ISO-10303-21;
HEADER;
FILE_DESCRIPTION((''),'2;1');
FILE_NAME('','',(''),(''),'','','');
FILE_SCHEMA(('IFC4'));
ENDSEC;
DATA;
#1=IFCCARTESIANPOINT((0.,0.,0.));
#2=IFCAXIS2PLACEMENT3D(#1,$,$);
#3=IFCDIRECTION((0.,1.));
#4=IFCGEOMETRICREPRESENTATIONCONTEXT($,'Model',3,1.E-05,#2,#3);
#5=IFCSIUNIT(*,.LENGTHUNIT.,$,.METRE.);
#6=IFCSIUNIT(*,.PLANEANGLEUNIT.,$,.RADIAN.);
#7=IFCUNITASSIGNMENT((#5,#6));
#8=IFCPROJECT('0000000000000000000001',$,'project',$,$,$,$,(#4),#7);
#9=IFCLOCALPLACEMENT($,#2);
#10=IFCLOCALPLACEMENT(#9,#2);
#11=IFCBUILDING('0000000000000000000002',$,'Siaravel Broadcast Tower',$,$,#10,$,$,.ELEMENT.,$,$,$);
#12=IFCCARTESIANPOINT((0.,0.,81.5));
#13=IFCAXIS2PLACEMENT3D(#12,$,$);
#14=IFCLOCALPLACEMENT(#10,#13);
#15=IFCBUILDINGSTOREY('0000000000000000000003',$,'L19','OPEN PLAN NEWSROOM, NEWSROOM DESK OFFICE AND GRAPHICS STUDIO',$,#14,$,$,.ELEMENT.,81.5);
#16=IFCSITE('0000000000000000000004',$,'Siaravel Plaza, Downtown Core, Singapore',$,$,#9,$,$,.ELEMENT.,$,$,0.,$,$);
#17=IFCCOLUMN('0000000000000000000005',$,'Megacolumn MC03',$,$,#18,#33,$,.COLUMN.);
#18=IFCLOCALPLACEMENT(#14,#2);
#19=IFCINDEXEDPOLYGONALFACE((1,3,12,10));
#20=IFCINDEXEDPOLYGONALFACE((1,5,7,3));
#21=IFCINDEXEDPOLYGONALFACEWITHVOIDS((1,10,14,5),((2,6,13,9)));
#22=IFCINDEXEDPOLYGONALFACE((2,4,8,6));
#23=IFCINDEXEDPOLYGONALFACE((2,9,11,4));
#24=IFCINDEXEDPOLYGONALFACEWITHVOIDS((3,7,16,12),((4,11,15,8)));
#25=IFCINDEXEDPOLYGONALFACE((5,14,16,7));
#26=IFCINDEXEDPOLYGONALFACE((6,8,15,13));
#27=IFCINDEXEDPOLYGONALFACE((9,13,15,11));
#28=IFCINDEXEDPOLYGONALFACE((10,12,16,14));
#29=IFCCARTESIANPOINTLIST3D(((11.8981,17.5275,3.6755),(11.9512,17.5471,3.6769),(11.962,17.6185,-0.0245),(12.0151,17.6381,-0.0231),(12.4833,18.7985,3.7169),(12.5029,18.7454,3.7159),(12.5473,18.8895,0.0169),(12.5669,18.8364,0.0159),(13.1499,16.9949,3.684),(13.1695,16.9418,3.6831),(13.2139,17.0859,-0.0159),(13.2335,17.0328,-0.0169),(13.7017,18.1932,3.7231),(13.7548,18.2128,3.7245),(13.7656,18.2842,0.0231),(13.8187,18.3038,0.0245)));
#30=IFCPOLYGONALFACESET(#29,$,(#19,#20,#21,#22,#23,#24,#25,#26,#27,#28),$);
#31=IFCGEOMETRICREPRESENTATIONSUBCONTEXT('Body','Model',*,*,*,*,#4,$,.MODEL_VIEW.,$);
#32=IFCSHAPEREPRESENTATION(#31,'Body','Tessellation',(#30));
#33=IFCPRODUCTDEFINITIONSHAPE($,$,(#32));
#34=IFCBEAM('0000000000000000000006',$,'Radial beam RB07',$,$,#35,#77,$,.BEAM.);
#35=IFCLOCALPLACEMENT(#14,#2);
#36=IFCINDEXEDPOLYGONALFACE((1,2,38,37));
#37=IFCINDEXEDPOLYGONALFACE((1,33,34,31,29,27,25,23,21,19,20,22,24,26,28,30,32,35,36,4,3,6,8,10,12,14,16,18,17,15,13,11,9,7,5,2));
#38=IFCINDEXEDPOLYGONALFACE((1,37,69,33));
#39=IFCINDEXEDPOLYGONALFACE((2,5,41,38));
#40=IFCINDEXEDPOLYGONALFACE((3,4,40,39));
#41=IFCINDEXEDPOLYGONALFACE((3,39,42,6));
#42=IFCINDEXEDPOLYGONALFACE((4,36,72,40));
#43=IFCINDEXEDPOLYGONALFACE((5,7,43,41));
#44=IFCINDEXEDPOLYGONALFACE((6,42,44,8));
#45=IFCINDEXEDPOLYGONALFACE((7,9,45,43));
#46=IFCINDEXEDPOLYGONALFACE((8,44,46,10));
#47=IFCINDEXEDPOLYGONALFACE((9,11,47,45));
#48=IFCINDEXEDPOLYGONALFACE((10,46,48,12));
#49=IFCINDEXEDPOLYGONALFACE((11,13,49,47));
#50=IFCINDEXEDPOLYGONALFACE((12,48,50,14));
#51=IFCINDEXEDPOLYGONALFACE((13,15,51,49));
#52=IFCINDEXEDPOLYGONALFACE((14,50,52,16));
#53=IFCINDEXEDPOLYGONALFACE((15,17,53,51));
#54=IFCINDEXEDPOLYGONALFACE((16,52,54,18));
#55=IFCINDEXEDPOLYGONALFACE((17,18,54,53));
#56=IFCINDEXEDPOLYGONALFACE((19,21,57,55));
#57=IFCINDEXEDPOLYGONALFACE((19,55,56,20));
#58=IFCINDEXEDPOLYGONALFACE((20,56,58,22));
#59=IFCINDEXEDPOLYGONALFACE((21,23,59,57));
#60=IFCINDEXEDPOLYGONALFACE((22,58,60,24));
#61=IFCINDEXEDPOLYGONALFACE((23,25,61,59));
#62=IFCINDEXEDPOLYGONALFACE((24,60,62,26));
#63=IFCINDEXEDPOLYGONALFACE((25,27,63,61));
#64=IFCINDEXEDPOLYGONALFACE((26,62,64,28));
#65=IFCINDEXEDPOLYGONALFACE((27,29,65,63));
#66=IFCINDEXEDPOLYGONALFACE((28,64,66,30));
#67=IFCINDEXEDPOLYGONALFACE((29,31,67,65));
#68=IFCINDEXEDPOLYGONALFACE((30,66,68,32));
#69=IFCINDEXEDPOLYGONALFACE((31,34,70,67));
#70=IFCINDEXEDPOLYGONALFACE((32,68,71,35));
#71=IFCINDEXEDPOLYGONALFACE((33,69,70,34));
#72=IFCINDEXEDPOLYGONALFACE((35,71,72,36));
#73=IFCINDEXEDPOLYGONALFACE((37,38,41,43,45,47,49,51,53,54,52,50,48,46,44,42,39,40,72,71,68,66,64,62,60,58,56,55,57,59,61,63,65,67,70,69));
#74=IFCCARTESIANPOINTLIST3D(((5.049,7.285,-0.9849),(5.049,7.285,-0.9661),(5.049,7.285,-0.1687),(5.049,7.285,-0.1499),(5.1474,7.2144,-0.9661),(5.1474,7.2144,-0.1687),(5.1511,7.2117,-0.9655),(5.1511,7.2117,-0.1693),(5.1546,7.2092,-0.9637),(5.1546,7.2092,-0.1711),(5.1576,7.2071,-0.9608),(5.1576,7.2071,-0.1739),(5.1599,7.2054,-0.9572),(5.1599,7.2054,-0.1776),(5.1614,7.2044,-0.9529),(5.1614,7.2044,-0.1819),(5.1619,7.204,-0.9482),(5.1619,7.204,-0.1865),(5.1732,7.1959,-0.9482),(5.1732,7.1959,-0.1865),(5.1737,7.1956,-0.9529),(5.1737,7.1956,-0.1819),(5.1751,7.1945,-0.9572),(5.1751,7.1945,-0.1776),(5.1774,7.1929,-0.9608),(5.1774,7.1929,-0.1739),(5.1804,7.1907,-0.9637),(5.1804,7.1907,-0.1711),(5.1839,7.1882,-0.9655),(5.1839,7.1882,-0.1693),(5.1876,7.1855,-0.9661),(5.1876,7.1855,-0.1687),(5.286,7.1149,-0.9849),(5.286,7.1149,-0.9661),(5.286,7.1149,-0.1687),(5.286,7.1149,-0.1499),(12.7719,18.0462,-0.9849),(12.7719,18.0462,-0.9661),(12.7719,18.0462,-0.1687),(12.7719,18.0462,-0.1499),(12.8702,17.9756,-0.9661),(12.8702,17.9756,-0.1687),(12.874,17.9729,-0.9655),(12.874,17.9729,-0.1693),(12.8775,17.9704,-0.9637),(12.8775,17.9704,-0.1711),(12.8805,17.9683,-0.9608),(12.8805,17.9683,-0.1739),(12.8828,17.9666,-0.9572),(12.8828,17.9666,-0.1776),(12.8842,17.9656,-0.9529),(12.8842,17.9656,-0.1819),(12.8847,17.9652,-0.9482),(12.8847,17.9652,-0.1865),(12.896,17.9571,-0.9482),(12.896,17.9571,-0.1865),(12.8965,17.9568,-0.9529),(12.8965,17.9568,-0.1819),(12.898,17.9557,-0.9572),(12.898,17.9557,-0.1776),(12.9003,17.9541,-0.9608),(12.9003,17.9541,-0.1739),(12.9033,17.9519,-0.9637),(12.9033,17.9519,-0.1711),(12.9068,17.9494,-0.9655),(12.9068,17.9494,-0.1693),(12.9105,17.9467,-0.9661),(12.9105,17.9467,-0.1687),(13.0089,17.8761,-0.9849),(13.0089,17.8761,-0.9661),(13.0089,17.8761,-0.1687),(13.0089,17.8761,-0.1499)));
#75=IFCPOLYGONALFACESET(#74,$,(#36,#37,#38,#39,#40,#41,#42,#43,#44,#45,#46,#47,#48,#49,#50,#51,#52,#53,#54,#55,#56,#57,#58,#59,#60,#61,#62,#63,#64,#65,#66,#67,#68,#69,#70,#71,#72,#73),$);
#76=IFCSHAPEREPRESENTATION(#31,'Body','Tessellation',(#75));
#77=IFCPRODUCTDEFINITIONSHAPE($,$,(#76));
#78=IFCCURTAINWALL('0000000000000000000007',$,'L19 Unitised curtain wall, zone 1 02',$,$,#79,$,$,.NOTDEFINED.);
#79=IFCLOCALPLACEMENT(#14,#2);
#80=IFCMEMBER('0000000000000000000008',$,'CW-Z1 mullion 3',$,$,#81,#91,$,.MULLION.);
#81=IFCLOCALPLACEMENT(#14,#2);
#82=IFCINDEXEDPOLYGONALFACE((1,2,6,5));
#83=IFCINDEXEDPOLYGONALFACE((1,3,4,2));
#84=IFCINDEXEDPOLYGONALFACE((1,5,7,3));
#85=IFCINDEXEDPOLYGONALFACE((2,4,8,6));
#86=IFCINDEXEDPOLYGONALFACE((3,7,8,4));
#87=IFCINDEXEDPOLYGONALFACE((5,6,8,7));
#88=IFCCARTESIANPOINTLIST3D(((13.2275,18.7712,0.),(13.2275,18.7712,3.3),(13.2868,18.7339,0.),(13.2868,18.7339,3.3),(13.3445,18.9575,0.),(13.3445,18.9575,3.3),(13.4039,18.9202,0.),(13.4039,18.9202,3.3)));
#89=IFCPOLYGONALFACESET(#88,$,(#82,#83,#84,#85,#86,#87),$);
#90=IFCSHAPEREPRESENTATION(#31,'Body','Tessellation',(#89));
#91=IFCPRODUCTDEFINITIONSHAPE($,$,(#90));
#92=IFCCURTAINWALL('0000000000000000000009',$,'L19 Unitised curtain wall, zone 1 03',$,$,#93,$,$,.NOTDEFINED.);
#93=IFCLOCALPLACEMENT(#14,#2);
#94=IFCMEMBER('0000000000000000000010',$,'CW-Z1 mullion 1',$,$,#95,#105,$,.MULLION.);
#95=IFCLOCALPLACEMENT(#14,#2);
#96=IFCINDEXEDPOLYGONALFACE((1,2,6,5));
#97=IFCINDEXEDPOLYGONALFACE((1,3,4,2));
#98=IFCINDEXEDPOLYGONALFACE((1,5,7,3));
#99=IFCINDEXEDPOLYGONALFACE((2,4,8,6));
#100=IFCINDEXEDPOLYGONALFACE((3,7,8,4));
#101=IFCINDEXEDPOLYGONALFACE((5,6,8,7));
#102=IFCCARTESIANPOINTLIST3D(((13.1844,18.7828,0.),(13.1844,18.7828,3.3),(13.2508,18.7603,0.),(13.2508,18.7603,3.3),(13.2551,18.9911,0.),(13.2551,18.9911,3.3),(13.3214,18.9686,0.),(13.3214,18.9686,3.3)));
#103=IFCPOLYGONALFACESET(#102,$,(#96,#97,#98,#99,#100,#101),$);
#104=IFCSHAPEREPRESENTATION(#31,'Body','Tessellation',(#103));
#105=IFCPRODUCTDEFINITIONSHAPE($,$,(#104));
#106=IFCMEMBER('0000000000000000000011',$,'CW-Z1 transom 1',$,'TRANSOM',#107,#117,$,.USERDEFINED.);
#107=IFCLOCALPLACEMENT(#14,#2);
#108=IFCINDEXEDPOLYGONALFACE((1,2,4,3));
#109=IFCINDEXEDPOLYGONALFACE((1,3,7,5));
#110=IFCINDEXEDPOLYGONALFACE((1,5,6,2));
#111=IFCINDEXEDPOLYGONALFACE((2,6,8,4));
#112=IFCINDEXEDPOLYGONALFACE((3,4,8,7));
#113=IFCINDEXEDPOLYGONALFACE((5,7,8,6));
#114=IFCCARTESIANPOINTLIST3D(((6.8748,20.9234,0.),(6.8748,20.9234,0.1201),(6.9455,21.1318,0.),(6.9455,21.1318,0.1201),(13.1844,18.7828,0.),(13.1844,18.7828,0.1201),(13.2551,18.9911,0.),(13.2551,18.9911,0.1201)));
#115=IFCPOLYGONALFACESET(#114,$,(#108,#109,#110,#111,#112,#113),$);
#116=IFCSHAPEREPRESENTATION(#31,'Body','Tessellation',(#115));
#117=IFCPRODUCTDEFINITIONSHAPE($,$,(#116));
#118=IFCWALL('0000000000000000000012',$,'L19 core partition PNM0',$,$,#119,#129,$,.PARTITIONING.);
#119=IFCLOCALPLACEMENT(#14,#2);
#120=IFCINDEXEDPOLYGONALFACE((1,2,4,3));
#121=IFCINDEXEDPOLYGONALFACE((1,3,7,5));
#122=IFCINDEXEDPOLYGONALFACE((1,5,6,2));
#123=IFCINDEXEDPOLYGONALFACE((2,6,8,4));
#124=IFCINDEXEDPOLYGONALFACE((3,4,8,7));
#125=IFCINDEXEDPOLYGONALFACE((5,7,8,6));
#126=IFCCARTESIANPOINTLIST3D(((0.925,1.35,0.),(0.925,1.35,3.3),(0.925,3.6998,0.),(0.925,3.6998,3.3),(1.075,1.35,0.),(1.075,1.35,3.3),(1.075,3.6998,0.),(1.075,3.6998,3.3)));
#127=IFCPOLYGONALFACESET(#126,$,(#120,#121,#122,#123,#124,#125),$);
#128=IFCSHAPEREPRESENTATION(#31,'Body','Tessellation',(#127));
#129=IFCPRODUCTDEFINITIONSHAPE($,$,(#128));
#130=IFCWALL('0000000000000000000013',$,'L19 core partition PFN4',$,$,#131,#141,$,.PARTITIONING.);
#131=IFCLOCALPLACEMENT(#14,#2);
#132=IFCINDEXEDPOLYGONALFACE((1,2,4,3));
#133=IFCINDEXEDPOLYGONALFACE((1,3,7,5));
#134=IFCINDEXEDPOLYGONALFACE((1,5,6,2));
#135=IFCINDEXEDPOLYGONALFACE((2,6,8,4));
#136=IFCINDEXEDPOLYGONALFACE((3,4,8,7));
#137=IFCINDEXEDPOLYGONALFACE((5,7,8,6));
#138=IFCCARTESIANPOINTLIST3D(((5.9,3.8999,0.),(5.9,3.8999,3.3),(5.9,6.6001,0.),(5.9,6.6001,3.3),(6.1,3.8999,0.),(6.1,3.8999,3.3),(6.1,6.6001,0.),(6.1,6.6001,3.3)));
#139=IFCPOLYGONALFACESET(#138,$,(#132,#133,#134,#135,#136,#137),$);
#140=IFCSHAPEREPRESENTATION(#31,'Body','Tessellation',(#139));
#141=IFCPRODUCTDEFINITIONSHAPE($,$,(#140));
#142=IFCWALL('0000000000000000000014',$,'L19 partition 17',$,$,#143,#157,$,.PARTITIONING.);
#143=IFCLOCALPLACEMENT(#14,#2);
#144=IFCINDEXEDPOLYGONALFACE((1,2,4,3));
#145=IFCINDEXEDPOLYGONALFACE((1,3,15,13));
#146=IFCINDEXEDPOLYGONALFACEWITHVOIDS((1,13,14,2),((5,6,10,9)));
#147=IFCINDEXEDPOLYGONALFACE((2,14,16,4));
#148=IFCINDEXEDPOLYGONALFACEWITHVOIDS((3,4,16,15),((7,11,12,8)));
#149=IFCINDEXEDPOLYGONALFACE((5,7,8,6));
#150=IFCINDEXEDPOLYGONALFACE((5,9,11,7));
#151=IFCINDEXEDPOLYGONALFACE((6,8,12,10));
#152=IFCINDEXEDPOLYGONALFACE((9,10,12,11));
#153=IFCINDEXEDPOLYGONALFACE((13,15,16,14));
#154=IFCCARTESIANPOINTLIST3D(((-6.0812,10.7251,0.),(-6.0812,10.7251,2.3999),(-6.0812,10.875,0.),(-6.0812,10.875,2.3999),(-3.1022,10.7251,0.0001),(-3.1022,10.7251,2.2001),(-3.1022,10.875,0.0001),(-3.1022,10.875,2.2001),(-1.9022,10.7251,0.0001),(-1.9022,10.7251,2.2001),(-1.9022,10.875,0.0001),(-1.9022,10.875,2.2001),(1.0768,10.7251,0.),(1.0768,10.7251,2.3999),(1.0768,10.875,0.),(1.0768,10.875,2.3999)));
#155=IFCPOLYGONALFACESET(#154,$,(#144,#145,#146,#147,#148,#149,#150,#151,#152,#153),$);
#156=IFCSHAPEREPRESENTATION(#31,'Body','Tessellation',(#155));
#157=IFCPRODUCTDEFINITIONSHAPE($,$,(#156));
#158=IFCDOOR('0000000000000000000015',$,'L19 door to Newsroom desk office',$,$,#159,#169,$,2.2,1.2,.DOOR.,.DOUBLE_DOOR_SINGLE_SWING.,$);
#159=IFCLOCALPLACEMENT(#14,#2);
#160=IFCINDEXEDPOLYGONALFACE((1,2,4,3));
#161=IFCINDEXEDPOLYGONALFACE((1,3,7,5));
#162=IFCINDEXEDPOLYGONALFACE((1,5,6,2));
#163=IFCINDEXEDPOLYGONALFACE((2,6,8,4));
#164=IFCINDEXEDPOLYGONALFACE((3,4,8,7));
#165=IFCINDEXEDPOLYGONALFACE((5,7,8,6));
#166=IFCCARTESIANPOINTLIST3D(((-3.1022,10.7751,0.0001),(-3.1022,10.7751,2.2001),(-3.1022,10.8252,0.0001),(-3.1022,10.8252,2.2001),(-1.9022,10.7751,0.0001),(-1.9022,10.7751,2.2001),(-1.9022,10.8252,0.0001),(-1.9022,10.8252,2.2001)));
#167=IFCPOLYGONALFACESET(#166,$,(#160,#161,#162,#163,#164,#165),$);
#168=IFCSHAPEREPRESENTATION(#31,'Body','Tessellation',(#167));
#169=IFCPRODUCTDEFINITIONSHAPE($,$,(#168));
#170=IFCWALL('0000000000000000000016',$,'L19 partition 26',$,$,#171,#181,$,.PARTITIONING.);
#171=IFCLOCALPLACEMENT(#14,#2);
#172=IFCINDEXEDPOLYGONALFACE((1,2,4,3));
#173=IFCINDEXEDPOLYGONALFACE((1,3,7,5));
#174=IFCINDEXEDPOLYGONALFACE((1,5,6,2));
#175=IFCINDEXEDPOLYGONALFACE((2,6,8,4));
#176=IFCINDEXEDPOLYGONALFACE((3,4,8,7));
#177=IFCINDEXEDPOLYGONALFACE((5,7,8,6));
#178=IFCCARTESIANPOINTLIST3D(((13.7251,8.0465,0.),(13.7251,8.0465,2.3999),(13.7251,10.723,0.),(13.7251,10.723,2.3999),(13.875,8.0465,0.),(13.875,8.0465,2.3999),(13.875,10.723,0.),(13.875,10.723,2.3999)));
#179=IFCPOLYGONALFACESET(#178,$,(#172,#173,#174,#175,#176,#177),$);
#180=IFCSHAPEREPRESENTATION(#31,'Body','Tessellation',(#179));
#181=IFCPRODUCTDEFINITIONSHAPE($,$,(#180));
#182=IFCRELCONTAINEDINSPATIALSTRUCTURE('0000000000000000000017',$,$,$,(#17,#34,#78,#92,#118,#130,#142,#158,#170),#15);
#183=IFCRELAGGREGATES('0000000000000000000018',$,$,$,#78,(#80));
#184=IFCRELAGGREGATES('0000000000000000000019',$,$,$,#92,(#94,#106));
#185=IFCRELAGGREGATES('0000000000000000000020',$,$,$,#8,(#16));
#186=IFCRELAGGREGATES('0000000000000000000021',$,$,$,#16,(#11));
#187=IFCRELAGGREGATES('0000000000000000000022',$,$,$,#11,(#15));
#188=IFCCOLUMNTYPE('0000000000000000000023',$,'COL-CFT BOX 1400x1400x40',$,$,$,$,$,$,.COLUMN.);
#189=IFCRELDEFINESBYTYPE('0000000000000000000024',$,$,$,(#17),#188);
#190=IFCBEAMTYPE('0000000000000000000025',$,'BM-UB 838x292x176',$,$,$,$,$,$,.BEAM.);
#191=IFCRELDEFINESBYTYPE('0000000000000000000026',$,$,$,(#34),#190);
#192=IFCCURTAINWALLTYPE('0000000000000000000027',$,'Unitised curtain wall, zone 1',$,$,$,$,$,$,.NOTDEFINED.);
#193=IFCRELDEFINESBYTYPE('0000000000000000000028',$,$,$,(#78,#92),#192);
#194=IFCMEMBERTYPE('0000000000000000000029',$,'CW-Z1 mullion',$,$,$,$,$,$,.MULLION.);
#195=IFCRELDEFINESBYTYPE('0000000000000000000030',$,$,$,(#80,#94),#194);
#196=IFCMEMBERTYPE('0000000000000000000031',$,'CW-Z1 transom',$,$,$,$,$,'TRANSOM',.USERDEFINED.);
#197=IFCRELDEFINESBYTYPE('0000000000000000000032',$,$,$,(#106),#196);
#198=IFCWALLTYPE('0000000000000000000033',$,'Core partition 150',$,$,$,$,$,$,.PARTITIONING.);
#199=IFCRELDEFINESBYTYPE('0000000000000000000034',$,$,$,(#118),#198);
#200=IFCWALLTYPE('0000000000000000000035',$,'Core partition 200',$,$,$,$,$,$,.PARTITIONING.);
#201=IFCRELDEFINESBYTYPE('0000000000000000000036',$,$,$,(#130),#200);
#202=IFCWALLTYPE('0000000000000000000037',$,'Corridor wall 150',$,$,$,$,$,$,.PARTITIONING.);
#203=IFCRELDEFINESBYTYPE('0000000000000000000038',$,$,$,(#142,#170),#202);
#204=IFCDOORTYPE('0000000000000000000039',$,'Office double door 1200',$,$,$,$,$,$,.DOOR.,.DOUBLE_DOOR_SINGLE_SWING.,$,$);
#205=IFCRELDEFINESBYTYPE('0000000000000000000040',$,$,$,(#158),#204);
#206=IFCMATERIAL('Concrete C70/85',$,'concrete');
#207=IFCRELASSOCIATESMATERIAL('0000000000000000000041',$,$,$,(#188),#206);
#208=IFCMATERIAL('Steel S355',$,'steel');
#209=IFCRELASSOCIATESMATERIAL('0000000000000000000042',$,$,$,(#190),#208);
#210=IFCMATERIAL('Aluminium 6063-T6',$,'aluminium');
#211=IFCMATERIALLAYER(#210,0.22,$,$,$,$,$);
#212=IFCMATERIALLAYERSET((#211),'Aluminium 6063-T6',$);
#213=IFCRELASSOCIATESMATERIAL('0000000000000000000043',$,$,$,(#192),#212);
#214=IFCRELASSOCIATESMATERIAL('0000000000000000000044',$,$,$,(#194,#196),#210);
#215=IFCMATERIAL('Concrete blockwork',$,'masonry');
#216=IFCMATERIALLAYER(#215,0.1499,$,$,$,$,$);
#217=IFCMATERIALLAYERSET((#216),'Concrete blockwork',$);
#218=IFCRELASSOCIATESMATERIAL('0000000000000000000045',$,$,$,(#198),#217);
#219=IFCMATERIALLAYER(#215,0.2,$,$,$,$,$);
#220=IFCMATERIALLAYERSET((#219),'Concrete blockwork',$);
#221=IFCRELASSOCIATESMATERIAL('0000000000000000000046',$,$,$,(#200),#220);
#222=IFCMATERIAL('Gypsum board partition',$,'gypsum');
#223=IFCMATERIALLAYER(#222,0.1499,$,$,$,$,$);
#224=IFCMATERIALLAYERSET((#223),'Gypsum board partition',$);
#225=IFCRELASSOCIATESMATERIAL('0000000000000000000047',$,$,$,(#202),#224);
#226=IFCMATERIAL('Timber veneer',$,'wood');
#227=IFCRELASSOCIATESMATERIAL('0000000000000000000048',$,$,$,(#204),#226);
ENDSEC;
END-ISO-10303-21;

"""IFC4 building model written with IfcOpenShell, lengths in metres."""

from ifc_helpers import new_model, si_unit, direction, frame, frame_2d, origin, origin_2d, place, context, subcontext, project, spatial, rectangle, hollow_rectangle, i_section, extrude, material, layer, layer_set, material_profile, profile_set, type_object, element, fill, aggregate, save


model = new_model("IFC4")

# Units and contexts
model_context = context("Model", 3, precision=1e-05, world=origin(), true_north=direction((0.0, 1.0)))
body_context = subcontext(model_context, "Body", "Model", "MODEL_VIEW")
ifc_project = project(units=[si_unit("LENGTHUNIT", "METRE"), si_unit("PLANEANGLEUNIT", "RADIAN")], contexts=[model_context])

# Site, building, storey
site_placement = place(None, origin())
site = spatial("IfcSite", under=ifc_project, at=site_placement, Name="Siaravel Plaza, Downtown Core, Singapore", CompositionType="ELEMENT", RefElevation=0.0)
building_placement = place(site_placement, origin())
building = spatial("IfcBuilding", under=site, at=building_placement, Name="Siaravel Broadcast Tower", CompositionType="ELEMENT")
storey_placement = place(building_placement, frame((0.0, 0.0, 81.5)))
storey = spatial("IfcBuildingStorey", under=building, at=storey_placement, Name="L19", Description="OPEN PLAN NEWSROOM, NEWSROOM DESK OFFICE AND GRAPHICS STUDIO", CompositionType="ELEMENT", Elevation=81.5)

# Column
ifc_material_1 = material(Name="Concrete C70/85", Category="concrete")
ifc_material_profile_1 = material_profile(ifc_material_1, hollow_rectangle(XDim=1.3999, YDim=1.3999, WallThickness=0.04, at=origin_2d()))
ifc_profile_set_1 = profile_set([ifc_material_profile_1], Name="Concrete C70/85")
column_type = type_object("IfcColumnType", Name="COL-CFT BOX 1400x1400x40", PredefinedType="COLUMN", material=ifc_profile_set_1)
column_placement = place(storey_placement, frame((12.8904, 17.9612, 0.0), z_axis=(-0.01728, -0.024601, 0.999548), x_axis=(0.908252, -0.418389, 0.005404)))
element("IfcColumn", 1, at=column_placement, inside=storey, type_object=column_type, Name="Megacolumn MC03", PredefinedType="COLUMN", context=body_context, shape_type="SweptSolid", body=[
    extrude(hollow_rectangle(XDim=1.3999, YDim=1.3999, WallThickness=0.04, at=origin_2d()), origin(), (0.0, 0.0, 1.0), 3.7017),
])

# Beam
ifc_material_2 = material(Name="Steel S355", Category="steel")
ifc_material_profile_2 = material_profile(ifc_material_2, i_section(OverallWidth=0.2917, OverallDepth=0.835, WebThickness=0.0139, FlangeThickness=0.0188, FilletRadius=0.0178, at=origin_2d()))
ifc_profile_set_2 = profile_set([ifc_material_profile_2], Name="Steel S355")
beam_type = type_object("IfcBeamType", Name="BM-UB 838x292x176", PredefinedType="BEAM", material=ifc_profile_set_2)
beam_placement = place(storey_placement, frame((12.8904, 17.9612, -0.5674), z_axis=(-0.583052, -0.812435, 0.0), x_axis=(0.812435, -0.583052, 0.0)))
element("IfcBeam", 2, at=beam_placement, inside=storey, type_object=beam_type, Name="Radial beam RB07", PredefinedType="BEAM", context=body_context, shape_type="SweptSolid", body=[
    extrude(i_section(OverallWidth=0.2917, OverallDepth=0.835, WebThickness=0.0139, FlangeThickness=0.0188, FilletRadius=0.0178, at=origin_2d()), origin(), (0.0, 0.0, 1.0), 13.2456),
])

# Curtain wall, member
ifc_material_3 = material(Name="Aluminium 6063-T6", Category="aluminium")
ifc_layer_1 = layer(ifc_material_3, 0.22)
ifc_layer_set_1 = layer_set([ifc_layer_1], Name="Aluminium 6063-T6")
curtain_wall_type = type_object("IfcCurtainWallType", Name="Unitised curtain wall, zone 1", PredefinedType="NOTDEFINED", material=ifc_layer_set_1)
curtain_wall_1_placement = place(storey_placement, origin())
curtain_wall_1 = element("IfcCurtainWall", 3, at=curtain_wall_1_placement, inside=storey, type_object=curtain_wall_type, Name="L19 Unitised curtain wall, zone 1 02", PredefinedType="NOTDEFINED")
ifc_material_profile_3 = material_profile(ifc_material_3, rectangle(XDim=0.22, YDim=0.0701, at=origin_2d()))
ifc_profile_set_3 = profile_set([ifc_material_profile_3], Name="Aluminium 6063-T6")
member_type_1 = type_object("IfcMemberType", Name="CW-Z1 mullion", PredefinedType="MULLION", material=ifc_profile_set_3)
member_1_placement = place(storey_placement, frame((13.3157, 18.8457, 0.0), z_axis=(0.0, 0.0, 1.0), x_axis=(-0.53215, -0.84665, 0.0)))
member_1 = element("IfcMember", 4, at=member_1_placement, type_object=member_type_1, Name="CW-Z1 mullion 3", PredefinedType="MULLION", context=body_context, shape_type="SweptSolid", body=[
    extrude(rectangle(XDim=0.22, YDim=0.0701, at=origin_2d()), origin(), (0.0, 0.0, 1.0), 3.3),
])
aggregate(curtain_wall_1, [member_1])

# Curtain wall, members
curtain_wall_2_placement = place(storey_placement, origin())
curtain_wall_2 = element("IfcCurtainWall", 5, at=curtain_wall_2_placement, inside=storey, type_object=curtain_wall_type, Name="L19 Unitised curtain wall, zone 1 03", PredefinedType="NOTDEFINED")
member_2_placement = place(storey_placement, frame((13.2529, 18.8757, 0.0), z_axis=(0.0, 0.0, 1.0), x_axis=(-0.321301, -0.946977, 0.0)))
member_2 = element("IfcMember", 6, at=member_2_placement, type_object=member_type_1, Name="CW-Z1 mullion 1", PredefinedType="MULLION", context=body_context, shape_type="SweptSolid", body=[
    extrude(rectangle(XDim=0.22, YDim=0.0701, at=origin_2d()), origin(), (0.0, 0.0, 1.0), 3.3),
])
ifc_material_profile_4 = material_profile(ifc_material_3, rectangle(XDim=0.22, YDim=0.1201, at=origin_2d()))
ifc_profile_set_4 = profile_set([ifc_material_profile_4], Name="Aluminium 6063-T6")
member_type_2 = type_object("IfcMemberType", Name="CW-Z1 transom", ElementType="TRANSOM", PredefinedType="USERDEFINED", material=ifc_profile_set_4)
member_3_placement = place(storey_placement, frame((13.2197, 18.887, 0.0601), z_axis=(-0.946984, 0.32128, 0.0), x_axis=(-0.32128, -0.946984, 0.0)))
member_3 = element("IfcMember", 7, at=member_3_placement, type_object=member_type_2, Name="CW-Z1 transom 1", ObjectType="TRANSOM", PredefinedType="USERDEFINED", context=body_context, shape_type="SweptSolid", body=[
    extrude(rectangle(XDim=0.22, YDim=0.1201, at=origin_2d()), origin(), (0.0, 0.0, 1.0), 6.6628),
])
aggregate(curtain_wall_2, [member_2, member_3])

# Walls
ifc_material_4 = material(Name="Concrete blockwork", Category="masonry")
ifc_layer_2 = layer(ifc_material_4, 0.1499)
ifc_layer_set_2 = layer_set([ifc_layer_2], Name="Concrete blockwork")
wall_type_1 = type_object("IfcWallType", Name="Core partition 150", PredefinedType="PARTITIONING", material=ifc_layer_set_2)
wall_1_placement = place(storey_placement, frame((1.0, 1.3501, 0.0), z_axis=(0.0, 0.0, 1.0), x_axis=(0.0, 1.0, 0.0)))
element("IfcWall", 8, at=wall_1_placement, inside=storey, type_object=wall_type_1, Name="L19 core partition PNM0", PredefinedType="PARTITIONING", context=body_context, shape_type="SweptSolid", body=[
    extrude(rectangle(XDim=2.3499, YDim=0.1499, at=frame_2d((1.1748, 0.0))), origin(), (0.0, 0.0, 1.0), 3.3),
])
ifc_layer_3 = layer(ifc_material_4, 0.2)
ifc_layer_set_3 = layer_set([ifc_layer_3], Name="Concrete blockwork")
wall_type_2 = type_object("IfcWallType", Name="Core partition 200", PredefinedType="PARTITIONING", material=ifc_layer_set_3)
wall_2_placement = place(storey_placement, frame((6.0, 3.8999, 0.0), z_axis=(0.0, 0.0, 1.0), x_axis=(0.0, 1.0, 0.0)))
element("IfcWall", 9, at=wall_2_placement, inside=storey, type_object=wall_type_2, Name="L19 core partition PFN4", PredefinedType="PARTITIONING", context=body_context, shape_type="SweptSolid", body=[
    extrude(rectangle(XDim=2.7002, YDim=0.2, at=frame_2d((1.3501, 0.0))), origin(), (0.0, 0.0, 1.0), 3.3),
])

# Wall, opening, door
ifc_material_5 = material(Name="Gypsum board partition", Category="gypsum")
ifc_layer_4 = layer(ifc_material_5, 0.1499)
ifc_layer_set_4 = layer_set([ifc_layer_4], Name="Gypsum board partition")
wall_type_3 = type_object("IfcWallType", Name="Corridor wall 150", PredefinedType="PARTITIONING", material=ifc_layer_set_4)
wall_3_placement = place(storey_placement, frame((1.0769, 10.8, 0.0), z_axis=(0.0, 0.0, 1.0), x_axis=(-1.0, 0.0, 0.0)))
wall_3 = element("IfcWall", 10, at=wall_3_placement, inside=storey, type_object=wall_type_3, Name="L19 partition 17", PredefinedType="PARTITIONING", context=body_context, shape_type="SweptSolid", body=[
    extrude(rectangle(XDim=7.158, YDim=0.1499, at=frame_2d((3.5791, 0.0))), origin(), (0.0, 0.0, 1.0), 2.3999),
])
opening_1_placement = place(wall_3_placement, frame((2.979, 0.0, 0.0)))
opening_1 = element("IfcOpeningElement", 11, at=opening_1_placement, cuts=wall_3, PredefinedType="OPENING", context=body_context, shape_type="SweptSolid", body=[
    extrude(rectangle(XDim=1.2, YDim=2.2, at=frame_2d((0.6001, 1.1001))), frame((0.0, 0.085, 0.0), z_axis=(0.0, -1.0, 0.0), x_axis=(1.0, 0.0, 0.0)), (0.0, 0.0, 1.0), 0.1699),
])
ifc_material_6 = material(Name="Timber veneer", Category="wood")
door_type_1 = type_object("IfcDoorType", Name="Office double door 1200", OperationType="DOUBLE_DOOR_SINGLE_SWING", PredefinedType="DOOR", material=ifc_material_6)
door_1_placement = place(opening_1_placement, origin())
door_1 = element("IfcDoor", 12, at=door_1_placement, inside=storey, type_object=door_type_1, Name="L19 door to Newsroom desk office", OperationType="DOUBLE_DOOR_SINGLE_SWING", OverallHeight=2.2, OverallWidth=1.2, PredefinedType="DOOR", context=body_context, shape_type="SweptSolid", body=[
    extrude(rectangle(XDim=1.2, YDim=2.2, at=frame_2d((0.6001, 1.1001))), frame((0.0, 0.0249, 0.0), z_axis=(0.0, -1.0, 0.0), x_axis=(1.0, 0.0, 0.0)), (0.0, 0.0, 1.0), 0.05),
])
fill(opening_1, door_1)

# Wall
wall_4_placement = place(storey_placement, frame((13.8, 8.0464, 0.0), z_axis=(0.0, 0.0, 1.0), x_axis=(0.0, 1.0, 0.0)))
element("IfcWall", 13, at=wall_4_placement, inside=storey, type_object=wall_type_3, Name="L19 partition 26", PredefinedType="PARTITIONING", context=body_context, shape_type="SweptSolid", body=[
    extrude(rectangle(XDim=2.6765, YDim=0.1499, at=frame_2d((1.3384, 0.0))), origin(), (0.0, 0.0, 1.0), 2.3999),
])

save(model, "model.ifc")
